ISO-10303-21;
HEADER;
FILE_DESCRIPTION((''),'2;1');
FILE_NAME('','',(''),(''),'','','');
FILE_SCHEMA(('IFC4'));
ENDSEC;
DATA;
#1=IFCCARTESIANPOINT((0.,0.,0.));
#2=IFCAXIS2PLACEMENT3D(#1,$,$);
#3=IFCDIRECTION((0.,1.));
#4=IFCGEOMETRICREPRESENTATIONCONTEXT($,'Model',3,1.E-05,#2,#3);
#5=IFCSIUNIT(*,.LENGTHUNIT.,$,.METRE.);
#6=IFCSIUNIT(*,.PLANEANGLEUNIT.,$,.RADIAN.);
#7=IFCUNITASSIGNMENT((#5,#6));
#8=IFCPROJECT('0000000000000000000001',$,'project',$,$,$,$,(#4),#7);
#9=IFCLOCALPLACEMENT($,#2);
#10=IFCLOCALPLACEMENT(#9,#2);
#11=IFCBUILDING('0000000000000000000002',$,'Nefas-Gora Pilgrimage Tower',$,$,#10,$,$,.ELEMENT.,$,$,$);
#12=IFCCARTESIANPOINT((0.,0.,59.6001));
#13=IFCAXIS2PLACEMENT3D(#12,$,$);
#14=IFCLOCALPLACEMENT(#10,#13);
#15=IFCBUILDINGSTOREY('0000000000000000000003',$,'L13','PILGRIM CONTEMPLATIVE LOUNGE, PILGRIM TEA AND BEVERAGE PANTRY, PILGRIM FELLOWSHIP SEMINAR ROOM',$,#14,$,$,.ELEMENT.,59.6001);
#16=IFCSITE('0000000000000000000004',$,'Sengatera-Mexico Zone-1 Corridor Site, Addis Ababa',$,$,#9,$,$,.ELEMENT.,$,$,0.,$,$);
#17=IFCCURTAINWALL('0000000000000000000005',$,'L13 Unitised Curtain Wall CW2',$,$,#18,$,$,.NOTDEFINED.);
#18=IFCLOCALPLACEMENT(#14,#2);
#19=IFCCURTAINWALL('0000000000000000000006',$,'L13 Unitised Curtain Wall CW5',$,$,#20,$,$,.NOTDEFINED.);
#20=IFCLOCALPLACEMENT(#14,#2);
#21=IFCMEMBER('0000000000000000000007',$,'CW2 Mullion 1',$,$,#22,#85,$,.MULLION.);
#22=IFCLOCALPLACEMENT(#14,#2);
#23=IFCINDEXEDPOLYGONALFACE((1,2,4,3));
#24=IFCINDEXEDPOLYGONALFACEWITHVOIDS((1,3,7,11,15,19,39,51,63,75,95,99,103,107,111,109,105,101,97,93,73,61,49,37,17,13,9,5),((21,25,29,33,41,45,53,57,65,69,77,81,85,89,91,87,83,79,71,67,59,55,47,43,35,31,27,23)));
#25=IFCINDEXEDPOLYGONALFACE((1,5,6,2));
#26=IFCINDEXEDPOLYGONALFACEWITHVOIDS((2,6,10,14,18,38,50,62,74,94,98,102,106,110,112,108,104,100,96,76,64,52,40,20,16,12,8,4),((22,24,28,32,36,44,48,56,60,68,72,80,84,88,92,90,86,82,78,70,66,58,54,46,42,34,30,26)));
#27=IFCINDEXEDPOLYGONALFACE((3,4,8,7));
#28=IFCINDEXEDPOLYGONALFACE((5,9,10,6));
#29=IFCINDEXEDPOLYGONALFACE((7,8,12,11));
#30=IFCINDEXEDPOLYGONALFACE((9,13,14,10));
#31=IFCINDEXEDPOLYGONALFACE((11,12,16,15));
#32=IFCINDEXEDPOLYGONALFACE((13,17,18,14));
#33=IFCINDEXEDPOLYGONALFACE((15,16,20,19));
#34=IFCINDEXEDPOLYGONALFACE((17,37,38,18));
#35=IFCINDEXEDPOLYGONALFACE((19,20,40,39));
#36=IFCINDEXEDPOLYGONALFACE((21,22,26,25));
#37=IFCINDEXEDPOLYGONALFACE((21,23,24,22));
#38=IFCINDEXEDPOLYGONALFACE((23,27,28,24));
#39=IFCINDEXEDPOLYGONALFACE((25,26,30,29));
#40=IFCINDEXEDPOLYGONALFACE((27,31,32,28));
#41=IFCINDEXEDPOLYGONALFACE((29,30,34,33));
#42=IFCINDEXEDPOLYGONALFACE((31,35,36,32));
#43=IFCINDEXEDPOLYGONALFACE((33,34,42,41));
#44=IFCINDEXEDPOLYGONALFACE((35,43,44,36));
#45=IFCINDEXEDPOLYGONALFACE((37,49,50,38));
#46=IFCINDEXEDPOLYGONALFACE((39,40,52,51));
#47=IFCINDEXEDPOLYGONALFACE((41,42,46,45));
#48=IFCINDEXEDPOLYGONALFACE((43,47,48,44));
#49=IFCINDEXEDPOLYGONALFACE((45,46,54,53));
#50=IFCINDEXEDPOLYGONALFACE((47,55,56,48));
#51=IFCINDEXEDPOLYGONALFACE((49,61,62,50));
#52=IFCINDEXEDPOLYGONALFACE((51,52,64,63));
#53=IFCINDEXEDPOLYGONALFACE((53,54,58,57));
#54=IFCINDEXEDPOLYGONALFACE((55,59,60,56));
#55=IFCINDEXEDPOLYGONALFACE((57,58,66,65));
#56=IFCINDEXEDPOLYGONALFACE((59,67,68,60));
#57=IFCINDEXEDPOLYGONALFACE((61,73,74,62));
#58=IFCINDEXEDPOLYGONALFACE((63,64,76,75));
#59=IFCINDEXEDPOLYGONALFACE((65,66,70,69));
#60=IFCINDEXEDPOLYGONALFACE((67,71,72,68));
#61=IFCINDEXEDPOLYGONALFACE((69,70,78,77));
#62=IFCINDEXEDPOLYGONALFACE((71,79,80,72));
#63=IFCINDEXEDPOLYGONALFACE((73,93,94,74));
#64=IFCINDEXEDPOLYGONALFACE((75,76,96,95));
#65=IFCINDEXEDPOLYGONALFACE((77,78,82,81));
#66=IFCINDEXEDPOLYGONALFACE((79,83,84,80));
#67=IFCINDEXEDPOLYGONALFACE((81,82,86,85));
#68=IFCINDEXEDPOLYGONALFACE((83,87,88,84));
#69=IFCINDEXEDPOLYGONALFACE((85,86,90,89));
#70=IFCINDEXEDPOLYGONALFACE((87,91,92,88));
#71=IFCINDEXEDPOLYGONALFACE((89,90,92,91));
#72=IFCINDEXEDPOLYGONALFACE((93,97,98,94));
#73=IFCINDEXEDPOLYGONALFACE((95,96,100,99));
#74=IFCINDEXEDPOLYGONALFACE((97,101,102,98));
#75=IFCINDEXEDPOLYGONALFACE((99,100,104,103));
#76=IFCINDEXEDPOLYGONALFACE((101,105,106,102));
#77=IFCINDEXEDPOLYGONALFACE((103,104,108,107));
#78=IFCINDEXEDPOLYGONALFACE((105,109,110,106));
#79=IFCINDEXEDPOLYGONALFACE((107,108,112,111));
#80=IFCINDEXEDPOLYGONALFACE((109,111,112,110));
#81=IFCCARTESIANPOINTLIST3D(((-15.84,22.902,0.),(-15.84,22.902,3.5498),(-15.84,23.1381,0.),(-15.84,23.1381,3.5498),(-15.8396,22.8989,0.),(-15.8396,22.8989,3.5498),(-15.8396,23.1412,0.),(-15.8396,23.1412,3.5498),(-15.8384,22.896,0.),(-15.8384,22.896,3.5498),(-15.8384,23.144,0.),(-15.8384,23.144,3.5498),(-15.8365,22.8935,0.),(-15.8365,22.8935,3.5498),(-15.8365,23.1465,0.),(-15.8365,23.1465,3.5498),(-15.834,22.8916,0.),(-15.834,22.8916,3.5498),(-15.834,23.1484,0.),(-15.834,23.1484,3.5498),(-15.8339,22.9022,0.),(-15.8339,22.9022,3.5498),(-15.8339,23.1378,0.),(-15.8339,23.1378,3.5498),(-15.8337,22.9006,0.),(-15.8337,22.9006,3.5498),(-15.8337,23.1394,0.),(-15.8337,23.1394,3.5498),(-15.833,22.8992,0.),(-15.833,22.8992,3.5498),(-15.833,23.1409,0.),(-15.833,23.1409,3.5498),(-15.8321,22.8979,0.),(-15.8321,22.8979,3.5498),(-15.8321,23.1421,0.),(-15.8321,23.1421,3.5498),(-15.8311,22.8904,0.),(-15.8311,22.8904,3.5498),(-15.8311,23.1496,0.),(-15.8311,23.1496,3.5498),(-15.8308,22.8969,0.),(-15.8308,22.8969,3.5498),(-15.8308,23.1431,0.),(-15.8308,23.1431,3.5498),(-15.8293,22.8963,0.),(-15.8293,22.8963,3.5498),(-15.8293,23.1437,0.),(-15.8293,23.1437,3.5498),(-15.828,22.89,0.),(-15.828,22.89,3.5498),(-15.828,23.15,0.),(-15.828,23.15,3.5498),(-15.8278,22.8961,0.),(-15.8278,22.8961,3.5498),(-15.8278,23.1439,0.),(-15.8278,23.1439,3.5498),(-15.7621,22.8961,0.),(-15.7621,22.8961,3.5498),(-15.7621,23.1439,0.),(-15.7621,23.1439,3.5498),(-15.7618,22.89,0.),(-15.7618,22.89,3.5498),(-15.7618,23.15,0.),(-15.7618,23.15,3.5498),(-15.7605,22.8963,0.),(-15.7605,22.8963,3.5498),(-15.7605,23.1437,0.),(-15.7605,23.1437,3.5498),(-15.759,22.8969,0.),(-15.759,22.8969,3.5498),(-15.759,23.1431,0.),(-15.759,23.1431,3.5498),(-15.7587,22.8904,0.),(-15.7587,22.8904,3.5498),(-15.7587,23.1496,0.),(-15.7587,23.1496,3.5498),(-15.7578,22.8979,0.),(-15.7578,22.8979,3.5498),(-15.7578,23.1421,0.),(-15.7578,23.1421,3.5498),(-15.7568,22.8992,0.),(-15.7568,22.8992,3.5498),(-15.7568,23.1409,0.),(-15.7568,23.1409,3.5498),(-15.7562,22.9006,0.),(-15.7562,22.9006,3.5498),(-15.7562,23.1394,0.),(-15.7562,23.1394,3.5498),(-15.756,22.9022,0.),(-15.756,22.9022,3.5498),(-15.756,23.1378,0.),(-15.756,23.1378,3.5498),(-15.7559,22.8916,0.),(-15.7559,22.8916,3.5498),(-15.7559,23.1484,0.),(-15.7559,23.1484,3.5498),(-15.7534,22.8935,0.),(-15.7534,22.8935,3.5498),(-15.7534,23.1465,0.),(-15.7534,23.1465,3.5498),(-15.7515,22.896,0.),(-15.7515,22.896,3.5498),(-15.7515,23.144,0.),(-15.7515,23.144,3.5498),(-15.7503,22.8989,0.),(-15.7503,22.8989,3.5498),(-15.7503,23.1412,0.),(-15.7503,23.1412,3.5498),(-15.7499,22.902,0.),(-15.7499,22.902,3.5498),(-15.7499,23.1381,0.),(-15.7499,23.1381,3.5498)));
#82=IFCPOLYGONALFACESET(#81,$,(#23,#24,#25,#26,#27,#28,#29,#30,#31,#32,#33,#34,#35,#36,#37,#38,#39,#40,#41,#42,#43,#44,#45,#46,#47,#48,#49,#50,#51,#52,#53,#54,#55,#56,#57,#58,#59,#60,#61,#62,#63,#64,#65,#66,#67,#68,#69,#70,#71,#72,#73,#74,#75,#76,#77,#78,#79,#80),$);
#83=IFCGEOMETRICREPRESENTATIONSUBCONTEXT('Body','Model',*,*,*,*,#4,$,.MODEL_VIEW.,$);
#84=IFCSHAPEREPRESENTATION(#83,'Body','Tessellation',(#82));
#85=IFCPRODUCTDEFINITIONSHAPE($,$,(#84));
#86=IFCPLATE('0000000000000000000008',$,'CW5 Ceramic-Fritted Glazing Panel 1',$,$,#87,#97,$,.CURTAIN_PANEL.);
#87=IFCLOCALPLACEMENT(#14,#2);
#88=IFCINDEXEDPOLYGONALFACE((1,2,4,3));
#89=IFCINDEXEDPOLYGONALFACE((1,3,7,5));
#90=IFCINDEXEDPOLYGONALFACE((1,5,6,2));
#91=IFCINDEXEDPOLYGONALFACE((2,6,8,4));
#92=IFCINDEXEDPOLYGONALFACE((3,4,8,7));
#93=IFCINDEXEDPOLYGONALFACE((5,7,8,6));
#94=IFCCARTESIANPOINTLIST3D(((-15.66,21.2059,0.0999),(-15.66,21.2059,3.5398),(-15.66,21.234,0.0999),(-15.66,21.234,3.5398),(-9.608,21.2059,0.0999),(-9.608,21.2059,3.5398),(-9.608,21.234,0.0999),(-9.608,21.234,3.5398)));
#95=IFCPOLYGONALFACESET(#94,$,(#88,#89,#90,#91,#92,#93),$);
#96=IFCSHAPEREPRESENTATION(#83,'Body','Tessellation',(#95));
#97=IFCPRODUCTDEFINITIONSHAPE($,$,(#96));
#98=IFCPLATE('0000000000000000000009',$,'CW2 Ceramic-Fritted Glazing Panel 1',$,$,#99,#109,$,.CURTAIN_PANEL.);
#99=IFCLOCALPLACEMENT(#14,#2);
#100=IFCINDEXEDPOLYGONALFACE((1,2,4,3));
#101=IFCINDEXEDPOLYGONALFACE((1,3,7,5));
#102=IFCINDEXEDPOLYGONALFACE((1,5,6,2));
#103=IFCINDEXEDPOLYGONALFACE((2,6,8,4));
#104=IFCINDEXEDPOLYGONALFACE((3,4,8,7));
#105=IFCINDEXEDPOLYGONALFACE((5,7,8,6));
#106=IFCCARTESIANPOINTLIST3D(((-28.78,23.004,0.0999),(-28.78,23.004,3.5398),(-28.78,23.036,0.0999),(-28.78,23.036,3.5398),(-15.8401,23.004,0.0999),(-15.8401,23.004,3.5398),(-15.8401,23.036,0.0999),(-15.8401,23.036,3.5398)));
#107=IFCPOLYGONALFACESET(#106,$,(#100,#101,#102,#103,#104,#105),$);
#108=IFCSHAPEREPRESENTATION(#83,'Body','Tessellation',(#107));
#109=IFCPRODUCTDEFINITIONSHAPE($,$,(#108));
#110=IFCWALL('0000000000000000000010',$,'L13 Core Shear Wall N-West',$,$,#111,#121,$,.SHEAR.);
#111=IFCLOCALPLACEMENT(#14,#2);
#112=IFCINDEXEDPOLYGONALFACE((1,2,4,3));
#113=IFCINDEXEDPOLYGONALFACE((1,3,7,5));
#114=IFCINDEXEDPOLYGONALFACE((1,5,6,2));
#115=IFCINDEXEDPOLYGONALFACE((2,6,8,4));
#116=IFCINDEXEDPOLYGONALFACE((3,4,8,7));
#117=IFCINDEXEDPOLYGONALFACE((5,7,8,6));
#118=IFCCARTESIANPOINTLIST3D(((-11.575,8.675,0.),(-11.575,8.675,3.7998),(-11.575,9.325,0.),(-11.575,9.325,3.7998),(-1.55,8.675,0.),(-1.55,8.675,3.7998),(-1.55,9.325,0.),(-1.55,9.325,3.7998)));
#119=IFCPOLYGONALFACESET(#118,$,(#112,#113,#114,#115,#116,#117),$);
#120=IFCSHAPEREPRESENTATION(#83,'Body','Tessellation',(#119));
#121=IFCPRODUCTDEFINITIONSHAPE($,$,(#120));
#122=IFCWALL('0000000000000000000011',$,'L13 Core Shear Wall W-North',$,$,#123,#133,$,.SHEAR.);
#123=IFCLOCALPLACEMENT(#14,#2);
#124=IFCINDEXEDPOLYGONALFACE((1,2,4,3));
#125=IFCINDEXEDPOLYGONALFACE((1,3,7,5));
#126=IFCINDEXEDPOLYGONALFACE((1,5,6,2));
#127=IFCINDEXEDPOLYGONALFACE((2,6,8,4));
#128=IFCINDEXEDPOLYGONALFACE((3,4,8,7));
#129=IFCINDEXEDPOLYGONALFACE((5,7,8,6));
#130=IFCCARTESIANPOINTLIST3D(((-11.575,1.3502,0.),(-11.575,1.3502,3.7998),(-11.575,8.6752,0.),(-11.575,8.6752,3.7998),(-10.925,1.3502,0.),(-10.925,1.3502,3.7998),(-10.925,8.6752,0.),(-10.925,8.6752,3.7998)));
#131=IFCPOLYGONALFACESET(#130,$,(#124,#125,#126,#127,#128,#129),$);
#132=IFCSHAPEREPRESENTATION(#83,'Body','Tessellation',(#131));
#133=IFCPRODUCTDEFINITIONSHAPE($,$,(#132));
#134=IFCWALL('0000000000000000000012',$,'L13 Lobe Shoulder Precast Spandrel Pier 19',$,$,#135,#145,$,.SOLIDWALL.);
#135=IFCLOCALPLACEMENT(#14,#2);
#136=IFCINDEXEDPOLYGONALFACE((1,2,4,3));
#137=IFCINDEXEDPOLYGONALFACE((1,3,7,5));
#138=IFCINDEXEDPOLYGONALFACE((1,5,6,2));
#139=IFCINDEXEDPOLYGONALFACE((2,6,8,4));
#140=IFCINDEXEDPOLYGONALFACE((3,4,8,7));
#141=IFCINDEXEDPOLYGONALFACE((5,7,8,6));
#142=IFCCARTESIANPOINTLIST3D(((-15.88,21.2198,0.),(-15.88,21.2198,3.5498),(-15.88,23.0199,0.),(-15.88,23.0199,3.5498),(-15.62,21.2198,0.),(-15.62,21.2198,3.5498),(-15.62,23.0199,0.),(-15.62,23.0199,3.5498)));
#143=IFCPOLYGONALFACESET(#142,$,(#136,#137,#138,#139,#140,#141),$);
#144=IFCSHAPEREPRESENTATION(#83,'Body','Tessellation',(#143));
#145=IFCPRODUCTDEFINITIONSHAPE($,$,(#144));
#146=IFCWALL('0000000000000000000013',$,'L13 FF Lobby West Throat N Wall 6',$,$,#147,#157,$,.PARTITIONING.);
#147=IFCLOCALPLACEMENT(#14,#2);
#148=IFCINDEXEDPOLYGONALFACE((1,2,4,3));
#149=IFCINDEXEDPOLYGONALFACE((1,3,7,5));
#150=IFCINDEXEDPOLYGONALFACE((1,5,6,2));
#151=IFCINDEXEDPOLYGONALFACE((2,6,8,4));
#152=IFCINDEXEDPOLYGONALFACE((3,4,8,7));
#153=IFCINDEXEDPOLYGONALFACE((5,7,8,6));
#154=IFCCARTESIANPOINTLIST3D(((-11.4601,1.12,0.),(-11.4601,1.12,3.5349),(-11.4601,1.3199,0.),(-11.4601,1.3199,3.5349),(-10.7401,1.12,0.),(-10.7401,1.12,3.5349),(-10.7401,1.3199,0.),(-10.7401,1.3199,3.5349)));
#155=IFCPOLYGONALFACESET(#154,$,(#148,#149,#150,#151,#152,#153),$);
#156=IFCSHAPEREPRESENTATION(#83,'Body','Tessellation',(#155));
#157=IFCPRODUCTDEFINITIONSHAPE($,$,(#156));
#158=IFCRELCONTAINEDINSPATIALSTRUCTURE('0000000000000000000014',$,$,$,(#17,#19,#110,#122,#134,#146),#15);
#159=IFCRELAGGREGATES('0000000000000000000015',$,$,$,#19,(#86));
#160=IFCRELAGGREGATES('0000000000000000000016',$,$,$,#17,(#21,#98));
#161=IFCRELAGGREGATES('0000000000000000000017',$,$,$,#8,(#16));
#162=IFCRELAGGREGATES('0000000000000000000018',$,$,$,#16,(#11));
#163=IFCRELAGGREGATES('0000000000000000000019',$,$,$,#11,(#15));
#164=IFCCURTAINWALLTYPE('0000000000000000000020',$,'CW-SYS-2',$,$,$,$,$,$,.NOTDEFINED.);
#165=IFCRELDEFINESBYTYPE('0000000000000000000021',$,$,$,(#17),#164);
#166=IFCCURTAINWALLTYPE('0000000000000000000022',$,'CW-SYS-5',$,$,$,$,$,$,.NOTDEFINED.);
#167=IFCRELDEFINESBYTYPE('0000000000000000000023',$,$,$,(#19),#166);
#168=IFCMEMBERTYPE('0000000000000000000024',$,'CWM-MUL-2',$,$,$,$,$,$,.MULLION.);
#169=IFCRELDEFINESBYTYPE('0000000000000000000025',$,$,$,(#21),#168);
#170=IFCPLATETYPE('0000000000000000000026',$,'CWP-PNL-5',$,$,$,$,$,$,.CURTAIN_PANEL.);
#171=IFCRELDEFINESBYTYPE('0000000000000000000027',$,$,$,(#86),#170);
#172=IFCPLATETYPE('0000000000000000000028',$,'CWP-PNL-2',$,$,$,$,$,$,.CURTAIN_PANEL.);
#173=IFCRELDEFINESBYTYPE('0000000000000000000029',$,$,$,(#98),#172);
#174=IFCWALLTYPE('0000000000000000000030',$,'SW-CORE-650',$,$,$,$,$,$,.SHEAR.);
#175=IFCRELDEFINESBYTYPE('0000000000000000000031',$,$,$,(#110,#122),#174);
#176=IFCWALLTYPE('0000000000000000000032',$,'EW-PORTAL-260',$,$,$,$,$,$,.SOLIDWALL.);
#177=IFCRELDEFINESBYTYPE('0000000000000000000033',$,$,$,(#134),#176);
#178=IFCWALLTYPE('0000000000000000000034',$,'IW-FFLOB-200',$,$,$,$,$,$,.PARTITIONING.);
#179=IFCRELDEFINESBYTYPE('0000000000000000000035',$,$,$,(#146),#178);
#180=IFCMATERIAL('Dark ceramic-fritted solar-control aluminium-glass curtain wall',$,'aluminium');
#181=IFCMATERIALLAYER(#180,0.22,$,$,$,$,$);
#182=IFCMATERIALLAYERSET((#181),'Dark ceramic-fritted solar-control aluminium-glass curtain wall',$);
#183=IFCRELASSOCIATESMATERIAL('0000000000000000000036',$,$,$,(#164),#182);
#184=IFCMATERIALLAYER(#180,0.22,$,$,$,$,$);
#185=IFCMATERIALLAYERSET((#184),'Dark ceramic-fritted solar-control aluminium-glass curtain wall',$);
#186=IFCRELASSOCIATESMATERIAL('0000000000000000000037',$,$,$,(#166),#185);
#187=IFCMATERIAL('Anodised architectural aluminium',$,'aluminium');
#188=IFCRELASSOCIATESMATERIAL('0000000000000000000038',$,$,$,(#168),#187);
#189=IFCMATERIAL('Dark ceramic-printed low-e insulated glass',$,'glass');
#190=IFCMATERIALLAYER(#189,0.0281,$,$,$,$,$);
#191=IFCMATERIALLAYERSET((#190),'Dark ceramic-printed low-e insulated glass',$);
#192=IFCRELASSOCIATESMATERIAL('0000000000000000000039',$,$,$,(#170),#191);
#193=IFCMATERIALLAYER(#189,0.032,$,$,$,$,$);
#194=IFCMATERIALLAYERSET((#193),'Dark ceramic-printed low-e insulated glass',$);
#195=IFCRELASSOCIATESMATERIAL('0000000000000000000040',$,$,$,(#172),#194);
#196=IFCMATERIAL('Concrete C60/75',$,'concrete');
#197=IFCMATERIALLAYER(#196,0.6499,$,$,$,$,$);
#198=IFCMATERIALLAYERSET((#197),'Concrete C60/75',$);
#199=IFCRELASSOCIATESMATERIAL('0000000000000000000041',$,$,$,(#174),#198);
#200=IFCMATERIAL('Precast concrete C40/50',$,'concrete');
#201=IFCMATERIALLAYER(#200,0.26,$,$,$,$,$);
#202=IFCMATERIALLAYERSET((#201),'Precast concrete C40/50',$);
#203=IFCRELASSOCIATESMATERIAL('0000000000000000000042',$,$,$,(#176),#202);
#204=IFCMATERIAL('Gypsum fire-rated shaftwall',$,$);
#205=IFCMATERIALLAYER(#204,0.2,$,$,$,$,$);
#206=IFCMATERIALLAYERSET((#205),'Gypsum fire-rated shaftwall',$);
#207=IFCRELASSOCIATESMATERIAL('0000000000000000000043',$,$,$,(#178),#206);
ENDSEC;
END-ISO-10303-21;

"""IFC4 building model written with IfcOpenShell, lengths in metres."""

from ifc_helpers import new_model, si_unit, direction, frame, frame_2d, origin, origin_2d, place, context, subcontext, project, spatial, rectangle, hollow_rectangle, extrude, source, transform, mapped, material, layer, layer_set, material_profile, profile_set, type_object, element, aggregate, save


model = new_model("IFC4")

# Units and contexts
model_context = context("Model", 3, precision=1e-05, world=origin(), true_north=direction((0.0, 1.0)))
body_context = subcontext(model_context, "Body", "Model", "MODEL_VIEW")
ifc_project = project(units=[si_unit("LENGTHUNIT", "METRE"), si_unit("PLANEANGLEUNIT", "RADIAN")], contexts=[model_context])

# Site, building, storey
site_placement = place(None, origin())
site = spatial("IfcSite", under=ifc_project, at=site_placement, Name="Sengatera-Mexico Zone-1 Corridor Site, Addis Ababa", CompositionType="ELEMENT", RefElevation=0.0)
building_placement = place(site_placement, origin())
building = spatial("IfcBuilding", under=site, at=building_placement, Name="Nefas-Gora Pilgrimage Tower", CompositionType="ELEMENT")
storey_placement = place(building_placement, frame((0.0, 0.0, 59.6001)))
storey = spatial("IfcBuildingStorey", under=building, at=storey_placement, Name="L13", Description="PILGRIM CONTEMPLATIVE LOUNGE, PILGRIM TEA AND BEVERAGE PANTRY, PILGRIM FELLOWSHIP SEMINAR ROOM", CompositionType="ELEMENT", Elevation=59.6001)

# Curtain walls
ifc_material_1 = material(Name="Dark ceramic-fritted solar-control aluminium-glass curtain wall", Category="aluminium")
ifc_layer_1 = layer(ifc_material_1, 0.22)
ifc_layer_set_1 = layer_set([ifc_layer_1], Name="Dark ceramic-fritted solar-control aluminium-glass curtain wall")
curtain_wall_type_1 = type_object("IfcCurtainWallType", Name="CW-SYS-2", PredefinedType="NOTDEFINED", material=ifc_layer_set_1)
curtain_wall_1_placement = place(storey_placement, origin())
curtain_wall_1 = element("IfcCurtainWall", 1, at=curtain_wall_1_placement, inside=storey, type_object=curtain_wall_type_1, Name="L13 Unitised Curtain Wall CW2", PredefinedType="NOTDEFINED")
ifc_material_2 = material(Name="Anodised architectural aluminium", Category="aluminium")
ifc_layer_2 = layer(ifc_material_1, 0.22)
ifc_layer_set_2 = layer_set([ifc_layer_2], Name="Dark ceramic-fritted solar-control aluminium-glass curtain wall")
curtain_wall_type_2 = type_object("IfcCurtainWallType", Name="CW-SYS-5", PredefinedType="NOTDEFINED", material=ifc_layer_set_2)
curtain_wall_2_placement = place(storey_placement, origin())
curtain_wall_2 = element("IfcCurtainWall", 2, at=curtain_wall_2_placement, inside=storey, type_object=curtain_wall_type_2, Name="L13 Unitised Curtain Wall CW5", PredefinedType="NOTDEFINED")

# Member
ifc_material_profile_1 = material_profile(ifc_material_2, hollow_rectangle(XDim=0.0901, YDim=0.26, WallThickness=0.0061, InnerFilletRadius=0.0061, OuterFilletRadius=0.012, at=origin_2d()), Name="ALU MULLION 90x260")
ifc_profile_set_1 = profile_set([ifc_material_profile_1], Name="Anodised architectural aluminium")
member_type_1 = type_object("IfcMemberType", Name="CWM-MUL-2", PredefinedType="MULLION", material=ifc_profile_set_1)
shared_shape_1 = source(origin(), body_context, "Body", "SweptSolid", [
    extrude(hollow_rectangle(XDim=0.0901, YDim=0.26, WallThickness=0.0061, InnerFilletRadius=0.0061, OuterFilletRadius=0.012, at=origin_2d()), origin(), (0.0, 0.0, 1.0), 3.5498),
])
member_1_placement = place(storey_placement, frame((-15.7949, 23.02, 0.0), z_axis=(0.0, 0.0, 1.0), x_axis=(-1.0, 0.0, 0.0)))
member_1 = element("IfcMember", 3, at=member_1_placement, type_object=member_type_1, Name="CW2 Mullion 1", PredefinedType="MULLION", context=body_context, shape_type="MappedRepresentation", body=[
    mapped(shared_shape_1, transform((0.0, 0.0, 0.0), x_axis=(1.0, 0.0, 0.0), y_axis=(0.0, 1.0, 0.0), z_axis=(0.0, 0.0, 1.0), scale=1.0)),
])

# Plates
ifc_material_3 = material(Name="Dark ceramic-printed low-e insulated glass", Category="glass")
ifc_layer_3 = layer(ifc_material_3, 0.0281)
ifc_layer_set_3 = layer_set([ifc_layer_3], Name="Dark ceramic-printed low-e insulated glass")
plate_type_1 = type_object("IfcPlateType", Name="CWP-PNL-5", PredefinedType="CURTAIN_PANEL", material=ifc_layer_set_3)
shared_shape_2 = source(origin(), body_context, "Body", "SweptSolid", [
    extrude(rectangle(XDim=6.052, YDim=0.0281, at=origin_2d()), origin(), (0.0, 0.0, 1.0), 3.4399),
])
plate_1_placement = place(storey_placement, frame((-12.634, 21.22, 0.0999), z_axis=(0.0, 0.0, 1.0), x_axis=(-1.0, 0.0, 0.0)))
plate_1 = element("IfcPlate", 4, at=plate_1_placement, type_object=plate_type_1, Name="CW5 Ceramic-Fritted Glazing Panel 1", PredefinedType="CURTAIN_PANEL", context=body_context, shape_type="MappedRepresentation", body=[
    mapped(shared_shape_2, transform((0.0, 0.0, 0.0), x_axis=(1.0, 0.0, 0.0), y_axis=(0.0, 1.0, 0.0), z_axis=(0.0, 0.0, 1.0), scale=1.0)),
])
aggregate(curtain_wall_2, [plate_1])
ifc_layer_4 = layer(ifc_material_3, 0.032)
ifc_layer_set_4 = layer_set([ifc_layer_4], Name="Dark ceramic-printed low-e insulated glass")
plate_type_2 = type_object("IfcPlateType", Name="CWP-PNL-2", PredefinedType="CURTAIN_PANEL", material=ifc_layer_set_4)
shared_shape_3 = source(origin(), body_context, "Body", "SweptSolid", [
    extrude(rectangle(XDim=12.9399, YDim=0.032, at=origin_2d()), origin(), (0.0, 0.0, 1.0), 3.4399),
])
plate_2_placement = place(storey_placement, frame((-22.3101, 23.02, 0.0999), z_axis=(0.0, 0.0, 1.0), x_axis=(-1.0, 0.0, 0.0)))
plate_2 = element("IfcPlate", 5, at=plate_2_placement, type_object=plate_type_2, Name="CW2 Ceramic-Fritted Glazing Panel 1", PredefinedType="CURTAIN_PANEL", context=body_context, shape_type="MappedRepresentation", body=[
    mapped(shared_shape_3, transform((0.0, 0.0, 0.0), x_axis=(1.0, 0.0, 0.0), y_axis=(0.0, 1.0, 0.0), z_axis=(0.0, 0.0, 1.0), scale=1.0)),
])
aggregate(curtain_wall_1, [member_1, plate_2])

# Walls
ifc_material_4 = material(Name="Concrete C60/75", Category="concrete")
ifc_layer_5 = layer(ifc_material_4, 0.6499)
ifc_layer_set_5 = layer_set([ifc_layer_5], Name="Concrete C60/75")
wall_type_1 = type_object("IfcWallType", Name="SW-CORE-650", PredefinedType="SHEAR", material=ifc_layer_set_5)
shared_shape_4 = source(origin(), body_context, "Body", "SweptSolid", [
    extrude(rectangle(XDim=10.0249, YDim=0.6499, at=frame_2d((5.0125, 0.0))), origin(), (0.0, 0.0, 1.0), 3.7998),
])
wall_1_placement = place(storey_placement, frame((-11.575, 9.0, 0.0), z_axis=(0.0, 0.0, 1.0), x_axis=(1.0, 0.0, 0.0)))
element("IfcWall", 6, at=wall_1_placement, inside=storey, type_object=wall_type_1, Name="L13 Core Shear Wall N-West", PredefinedType="SHEAR", context=body_context, shape_type="MappedRepresentation", body=[
    mapped(shared_shape_4, transform((0.0, 0.0, 0.0), x_axis=(1.0, 0.0, 0.0), y_axis=(0.0, 1.0, 0.0), z_axis=(0.0, 0.0, 1.0), scale=1.0)),
])
shared_shape_5 = source(origin(), body_context, "Body", "SweptSolid", [
    extrude(rectangle(XDim=7.325, YDim=0.6499, at=frame_2d((3.6626, 0.0))), origin(), (0.0, 0.0, 1.0), 3.7998),
])
wall_2_placement = place(storey_placement, frame((-11.25, 1.3501, 0.0), z_axis=(0.0, 0.0, 1.0), x_axis=(0.0, 1.0, 0.0)))
element("IfcWall", 7, at=wall_2_placement, inside=storey, type_object=wall_type_1, Name="L13 Core Shear Wall W-North", PredefinedType="SHEAR", context=body_context, shape_type="MappedRepresentation", body=[
    mapped(shared_shape_5, transform((0.0, 0.0, 0.0), x_axis=(1.0, 0.0, 0.0), y_axis=(0.0, 1.0, 0.0), z_axis=(0.0, 0.0, 1.0), scale=1.0)),
])
ifc_material_5 = material(Name="Precast concrete C40/50", Category="concrete")
ifc_layer_6 = layer(ifc_material_5, 0.26)
ifc_layer_set_6 = layer_set([ifc_layer_6], Name="Precast concrete C40/50")
wall_type_2 = type_object("IfcWallType", Name="EW-PORTAL-260", PredefinedType="SOLIDWALL", material=ifc_layer_set_6)
shared_shape_6 = source(origin(), body_context, "Body", "SweptSolid", [
    extrude(rectangle(XDim=1.8, YDim=0.26, at=frame_2d((0.8999, 0.0))), origin(), (0.0, 0.0, 1.0), 3.5498),
])
wall_3_placement = place(storey_placement, frame((-15.75, 21.22, 0.0), z_axis=(0.0, 0.0, 1.0), x_axis=(0.0, 1.0, 0.0)))
element("IfcWall", 8, at=wall_3_placement, inside=storey, type_object=wall_type_2, Name="L13 Lobe Shoulder Precast Spandrel Pier 19", PredefinedType="SOLIDWALL", context=body_context, shape_type="MappedRepresentation", body=[
    mapped(shared_shape_6, transform((0.0, 0.0, 0.0), x_axis=(1.0, 0.0, 0.0), y_axis=(0.0, 1.0, 0.0), z_axis=(0.0, 0.0, 1.0), scale=1.0)),
])
ifc_material_6 = material(Name="Gypsum fire-rated shaftwall")
ifc_layer_7 = layer(ifc_material_6, 0.2)
ifc_layer_set_7 = layer_set([ifc_layer_7], Name="Gypsum fire-rated shaftwall")
wall_type_3 = type_object("IfcWallType", Name="IW-FFLOB-200", PredefinedType="PARTITIONING", material=ifc_layer_set_7)
shared_shape_7 = source(origin(), body_context, "Body", "SweptSolid", [
    extrude(rectangle(XDim=0.72, YDim=0.2, at=frame_2d((0.3599, 0.0))), origin(), (0.0, 0.0, 1.0), 3.5349),
])
wall_4_placement = place(storey_placement, frame((-11.46, 1.22, 0.0), z_axis=(0.0, 0.0, 1.0), x_axis=(1.0, 0.0, 0.0)))
element("IfcWall", 9, at=wall_4_placement, inside=storey, type_object=wall_type_3, Name="L13 FF Lobby West Throat N Wall 6", PredefinedType="PARTITIONING", context=body_context, shape_type="MappedRepresentation", body=[
    mapped(shared_shape_7, transform((0.0, 0.0, 0.0), x_axis=(1.0, 0.0, 0.0), y_axis=(0.0, 1.0, 0.0), z_axis=(0.0, 0.0, 1.0), scale=1.0)),
])

save(model, "model.ifc")
